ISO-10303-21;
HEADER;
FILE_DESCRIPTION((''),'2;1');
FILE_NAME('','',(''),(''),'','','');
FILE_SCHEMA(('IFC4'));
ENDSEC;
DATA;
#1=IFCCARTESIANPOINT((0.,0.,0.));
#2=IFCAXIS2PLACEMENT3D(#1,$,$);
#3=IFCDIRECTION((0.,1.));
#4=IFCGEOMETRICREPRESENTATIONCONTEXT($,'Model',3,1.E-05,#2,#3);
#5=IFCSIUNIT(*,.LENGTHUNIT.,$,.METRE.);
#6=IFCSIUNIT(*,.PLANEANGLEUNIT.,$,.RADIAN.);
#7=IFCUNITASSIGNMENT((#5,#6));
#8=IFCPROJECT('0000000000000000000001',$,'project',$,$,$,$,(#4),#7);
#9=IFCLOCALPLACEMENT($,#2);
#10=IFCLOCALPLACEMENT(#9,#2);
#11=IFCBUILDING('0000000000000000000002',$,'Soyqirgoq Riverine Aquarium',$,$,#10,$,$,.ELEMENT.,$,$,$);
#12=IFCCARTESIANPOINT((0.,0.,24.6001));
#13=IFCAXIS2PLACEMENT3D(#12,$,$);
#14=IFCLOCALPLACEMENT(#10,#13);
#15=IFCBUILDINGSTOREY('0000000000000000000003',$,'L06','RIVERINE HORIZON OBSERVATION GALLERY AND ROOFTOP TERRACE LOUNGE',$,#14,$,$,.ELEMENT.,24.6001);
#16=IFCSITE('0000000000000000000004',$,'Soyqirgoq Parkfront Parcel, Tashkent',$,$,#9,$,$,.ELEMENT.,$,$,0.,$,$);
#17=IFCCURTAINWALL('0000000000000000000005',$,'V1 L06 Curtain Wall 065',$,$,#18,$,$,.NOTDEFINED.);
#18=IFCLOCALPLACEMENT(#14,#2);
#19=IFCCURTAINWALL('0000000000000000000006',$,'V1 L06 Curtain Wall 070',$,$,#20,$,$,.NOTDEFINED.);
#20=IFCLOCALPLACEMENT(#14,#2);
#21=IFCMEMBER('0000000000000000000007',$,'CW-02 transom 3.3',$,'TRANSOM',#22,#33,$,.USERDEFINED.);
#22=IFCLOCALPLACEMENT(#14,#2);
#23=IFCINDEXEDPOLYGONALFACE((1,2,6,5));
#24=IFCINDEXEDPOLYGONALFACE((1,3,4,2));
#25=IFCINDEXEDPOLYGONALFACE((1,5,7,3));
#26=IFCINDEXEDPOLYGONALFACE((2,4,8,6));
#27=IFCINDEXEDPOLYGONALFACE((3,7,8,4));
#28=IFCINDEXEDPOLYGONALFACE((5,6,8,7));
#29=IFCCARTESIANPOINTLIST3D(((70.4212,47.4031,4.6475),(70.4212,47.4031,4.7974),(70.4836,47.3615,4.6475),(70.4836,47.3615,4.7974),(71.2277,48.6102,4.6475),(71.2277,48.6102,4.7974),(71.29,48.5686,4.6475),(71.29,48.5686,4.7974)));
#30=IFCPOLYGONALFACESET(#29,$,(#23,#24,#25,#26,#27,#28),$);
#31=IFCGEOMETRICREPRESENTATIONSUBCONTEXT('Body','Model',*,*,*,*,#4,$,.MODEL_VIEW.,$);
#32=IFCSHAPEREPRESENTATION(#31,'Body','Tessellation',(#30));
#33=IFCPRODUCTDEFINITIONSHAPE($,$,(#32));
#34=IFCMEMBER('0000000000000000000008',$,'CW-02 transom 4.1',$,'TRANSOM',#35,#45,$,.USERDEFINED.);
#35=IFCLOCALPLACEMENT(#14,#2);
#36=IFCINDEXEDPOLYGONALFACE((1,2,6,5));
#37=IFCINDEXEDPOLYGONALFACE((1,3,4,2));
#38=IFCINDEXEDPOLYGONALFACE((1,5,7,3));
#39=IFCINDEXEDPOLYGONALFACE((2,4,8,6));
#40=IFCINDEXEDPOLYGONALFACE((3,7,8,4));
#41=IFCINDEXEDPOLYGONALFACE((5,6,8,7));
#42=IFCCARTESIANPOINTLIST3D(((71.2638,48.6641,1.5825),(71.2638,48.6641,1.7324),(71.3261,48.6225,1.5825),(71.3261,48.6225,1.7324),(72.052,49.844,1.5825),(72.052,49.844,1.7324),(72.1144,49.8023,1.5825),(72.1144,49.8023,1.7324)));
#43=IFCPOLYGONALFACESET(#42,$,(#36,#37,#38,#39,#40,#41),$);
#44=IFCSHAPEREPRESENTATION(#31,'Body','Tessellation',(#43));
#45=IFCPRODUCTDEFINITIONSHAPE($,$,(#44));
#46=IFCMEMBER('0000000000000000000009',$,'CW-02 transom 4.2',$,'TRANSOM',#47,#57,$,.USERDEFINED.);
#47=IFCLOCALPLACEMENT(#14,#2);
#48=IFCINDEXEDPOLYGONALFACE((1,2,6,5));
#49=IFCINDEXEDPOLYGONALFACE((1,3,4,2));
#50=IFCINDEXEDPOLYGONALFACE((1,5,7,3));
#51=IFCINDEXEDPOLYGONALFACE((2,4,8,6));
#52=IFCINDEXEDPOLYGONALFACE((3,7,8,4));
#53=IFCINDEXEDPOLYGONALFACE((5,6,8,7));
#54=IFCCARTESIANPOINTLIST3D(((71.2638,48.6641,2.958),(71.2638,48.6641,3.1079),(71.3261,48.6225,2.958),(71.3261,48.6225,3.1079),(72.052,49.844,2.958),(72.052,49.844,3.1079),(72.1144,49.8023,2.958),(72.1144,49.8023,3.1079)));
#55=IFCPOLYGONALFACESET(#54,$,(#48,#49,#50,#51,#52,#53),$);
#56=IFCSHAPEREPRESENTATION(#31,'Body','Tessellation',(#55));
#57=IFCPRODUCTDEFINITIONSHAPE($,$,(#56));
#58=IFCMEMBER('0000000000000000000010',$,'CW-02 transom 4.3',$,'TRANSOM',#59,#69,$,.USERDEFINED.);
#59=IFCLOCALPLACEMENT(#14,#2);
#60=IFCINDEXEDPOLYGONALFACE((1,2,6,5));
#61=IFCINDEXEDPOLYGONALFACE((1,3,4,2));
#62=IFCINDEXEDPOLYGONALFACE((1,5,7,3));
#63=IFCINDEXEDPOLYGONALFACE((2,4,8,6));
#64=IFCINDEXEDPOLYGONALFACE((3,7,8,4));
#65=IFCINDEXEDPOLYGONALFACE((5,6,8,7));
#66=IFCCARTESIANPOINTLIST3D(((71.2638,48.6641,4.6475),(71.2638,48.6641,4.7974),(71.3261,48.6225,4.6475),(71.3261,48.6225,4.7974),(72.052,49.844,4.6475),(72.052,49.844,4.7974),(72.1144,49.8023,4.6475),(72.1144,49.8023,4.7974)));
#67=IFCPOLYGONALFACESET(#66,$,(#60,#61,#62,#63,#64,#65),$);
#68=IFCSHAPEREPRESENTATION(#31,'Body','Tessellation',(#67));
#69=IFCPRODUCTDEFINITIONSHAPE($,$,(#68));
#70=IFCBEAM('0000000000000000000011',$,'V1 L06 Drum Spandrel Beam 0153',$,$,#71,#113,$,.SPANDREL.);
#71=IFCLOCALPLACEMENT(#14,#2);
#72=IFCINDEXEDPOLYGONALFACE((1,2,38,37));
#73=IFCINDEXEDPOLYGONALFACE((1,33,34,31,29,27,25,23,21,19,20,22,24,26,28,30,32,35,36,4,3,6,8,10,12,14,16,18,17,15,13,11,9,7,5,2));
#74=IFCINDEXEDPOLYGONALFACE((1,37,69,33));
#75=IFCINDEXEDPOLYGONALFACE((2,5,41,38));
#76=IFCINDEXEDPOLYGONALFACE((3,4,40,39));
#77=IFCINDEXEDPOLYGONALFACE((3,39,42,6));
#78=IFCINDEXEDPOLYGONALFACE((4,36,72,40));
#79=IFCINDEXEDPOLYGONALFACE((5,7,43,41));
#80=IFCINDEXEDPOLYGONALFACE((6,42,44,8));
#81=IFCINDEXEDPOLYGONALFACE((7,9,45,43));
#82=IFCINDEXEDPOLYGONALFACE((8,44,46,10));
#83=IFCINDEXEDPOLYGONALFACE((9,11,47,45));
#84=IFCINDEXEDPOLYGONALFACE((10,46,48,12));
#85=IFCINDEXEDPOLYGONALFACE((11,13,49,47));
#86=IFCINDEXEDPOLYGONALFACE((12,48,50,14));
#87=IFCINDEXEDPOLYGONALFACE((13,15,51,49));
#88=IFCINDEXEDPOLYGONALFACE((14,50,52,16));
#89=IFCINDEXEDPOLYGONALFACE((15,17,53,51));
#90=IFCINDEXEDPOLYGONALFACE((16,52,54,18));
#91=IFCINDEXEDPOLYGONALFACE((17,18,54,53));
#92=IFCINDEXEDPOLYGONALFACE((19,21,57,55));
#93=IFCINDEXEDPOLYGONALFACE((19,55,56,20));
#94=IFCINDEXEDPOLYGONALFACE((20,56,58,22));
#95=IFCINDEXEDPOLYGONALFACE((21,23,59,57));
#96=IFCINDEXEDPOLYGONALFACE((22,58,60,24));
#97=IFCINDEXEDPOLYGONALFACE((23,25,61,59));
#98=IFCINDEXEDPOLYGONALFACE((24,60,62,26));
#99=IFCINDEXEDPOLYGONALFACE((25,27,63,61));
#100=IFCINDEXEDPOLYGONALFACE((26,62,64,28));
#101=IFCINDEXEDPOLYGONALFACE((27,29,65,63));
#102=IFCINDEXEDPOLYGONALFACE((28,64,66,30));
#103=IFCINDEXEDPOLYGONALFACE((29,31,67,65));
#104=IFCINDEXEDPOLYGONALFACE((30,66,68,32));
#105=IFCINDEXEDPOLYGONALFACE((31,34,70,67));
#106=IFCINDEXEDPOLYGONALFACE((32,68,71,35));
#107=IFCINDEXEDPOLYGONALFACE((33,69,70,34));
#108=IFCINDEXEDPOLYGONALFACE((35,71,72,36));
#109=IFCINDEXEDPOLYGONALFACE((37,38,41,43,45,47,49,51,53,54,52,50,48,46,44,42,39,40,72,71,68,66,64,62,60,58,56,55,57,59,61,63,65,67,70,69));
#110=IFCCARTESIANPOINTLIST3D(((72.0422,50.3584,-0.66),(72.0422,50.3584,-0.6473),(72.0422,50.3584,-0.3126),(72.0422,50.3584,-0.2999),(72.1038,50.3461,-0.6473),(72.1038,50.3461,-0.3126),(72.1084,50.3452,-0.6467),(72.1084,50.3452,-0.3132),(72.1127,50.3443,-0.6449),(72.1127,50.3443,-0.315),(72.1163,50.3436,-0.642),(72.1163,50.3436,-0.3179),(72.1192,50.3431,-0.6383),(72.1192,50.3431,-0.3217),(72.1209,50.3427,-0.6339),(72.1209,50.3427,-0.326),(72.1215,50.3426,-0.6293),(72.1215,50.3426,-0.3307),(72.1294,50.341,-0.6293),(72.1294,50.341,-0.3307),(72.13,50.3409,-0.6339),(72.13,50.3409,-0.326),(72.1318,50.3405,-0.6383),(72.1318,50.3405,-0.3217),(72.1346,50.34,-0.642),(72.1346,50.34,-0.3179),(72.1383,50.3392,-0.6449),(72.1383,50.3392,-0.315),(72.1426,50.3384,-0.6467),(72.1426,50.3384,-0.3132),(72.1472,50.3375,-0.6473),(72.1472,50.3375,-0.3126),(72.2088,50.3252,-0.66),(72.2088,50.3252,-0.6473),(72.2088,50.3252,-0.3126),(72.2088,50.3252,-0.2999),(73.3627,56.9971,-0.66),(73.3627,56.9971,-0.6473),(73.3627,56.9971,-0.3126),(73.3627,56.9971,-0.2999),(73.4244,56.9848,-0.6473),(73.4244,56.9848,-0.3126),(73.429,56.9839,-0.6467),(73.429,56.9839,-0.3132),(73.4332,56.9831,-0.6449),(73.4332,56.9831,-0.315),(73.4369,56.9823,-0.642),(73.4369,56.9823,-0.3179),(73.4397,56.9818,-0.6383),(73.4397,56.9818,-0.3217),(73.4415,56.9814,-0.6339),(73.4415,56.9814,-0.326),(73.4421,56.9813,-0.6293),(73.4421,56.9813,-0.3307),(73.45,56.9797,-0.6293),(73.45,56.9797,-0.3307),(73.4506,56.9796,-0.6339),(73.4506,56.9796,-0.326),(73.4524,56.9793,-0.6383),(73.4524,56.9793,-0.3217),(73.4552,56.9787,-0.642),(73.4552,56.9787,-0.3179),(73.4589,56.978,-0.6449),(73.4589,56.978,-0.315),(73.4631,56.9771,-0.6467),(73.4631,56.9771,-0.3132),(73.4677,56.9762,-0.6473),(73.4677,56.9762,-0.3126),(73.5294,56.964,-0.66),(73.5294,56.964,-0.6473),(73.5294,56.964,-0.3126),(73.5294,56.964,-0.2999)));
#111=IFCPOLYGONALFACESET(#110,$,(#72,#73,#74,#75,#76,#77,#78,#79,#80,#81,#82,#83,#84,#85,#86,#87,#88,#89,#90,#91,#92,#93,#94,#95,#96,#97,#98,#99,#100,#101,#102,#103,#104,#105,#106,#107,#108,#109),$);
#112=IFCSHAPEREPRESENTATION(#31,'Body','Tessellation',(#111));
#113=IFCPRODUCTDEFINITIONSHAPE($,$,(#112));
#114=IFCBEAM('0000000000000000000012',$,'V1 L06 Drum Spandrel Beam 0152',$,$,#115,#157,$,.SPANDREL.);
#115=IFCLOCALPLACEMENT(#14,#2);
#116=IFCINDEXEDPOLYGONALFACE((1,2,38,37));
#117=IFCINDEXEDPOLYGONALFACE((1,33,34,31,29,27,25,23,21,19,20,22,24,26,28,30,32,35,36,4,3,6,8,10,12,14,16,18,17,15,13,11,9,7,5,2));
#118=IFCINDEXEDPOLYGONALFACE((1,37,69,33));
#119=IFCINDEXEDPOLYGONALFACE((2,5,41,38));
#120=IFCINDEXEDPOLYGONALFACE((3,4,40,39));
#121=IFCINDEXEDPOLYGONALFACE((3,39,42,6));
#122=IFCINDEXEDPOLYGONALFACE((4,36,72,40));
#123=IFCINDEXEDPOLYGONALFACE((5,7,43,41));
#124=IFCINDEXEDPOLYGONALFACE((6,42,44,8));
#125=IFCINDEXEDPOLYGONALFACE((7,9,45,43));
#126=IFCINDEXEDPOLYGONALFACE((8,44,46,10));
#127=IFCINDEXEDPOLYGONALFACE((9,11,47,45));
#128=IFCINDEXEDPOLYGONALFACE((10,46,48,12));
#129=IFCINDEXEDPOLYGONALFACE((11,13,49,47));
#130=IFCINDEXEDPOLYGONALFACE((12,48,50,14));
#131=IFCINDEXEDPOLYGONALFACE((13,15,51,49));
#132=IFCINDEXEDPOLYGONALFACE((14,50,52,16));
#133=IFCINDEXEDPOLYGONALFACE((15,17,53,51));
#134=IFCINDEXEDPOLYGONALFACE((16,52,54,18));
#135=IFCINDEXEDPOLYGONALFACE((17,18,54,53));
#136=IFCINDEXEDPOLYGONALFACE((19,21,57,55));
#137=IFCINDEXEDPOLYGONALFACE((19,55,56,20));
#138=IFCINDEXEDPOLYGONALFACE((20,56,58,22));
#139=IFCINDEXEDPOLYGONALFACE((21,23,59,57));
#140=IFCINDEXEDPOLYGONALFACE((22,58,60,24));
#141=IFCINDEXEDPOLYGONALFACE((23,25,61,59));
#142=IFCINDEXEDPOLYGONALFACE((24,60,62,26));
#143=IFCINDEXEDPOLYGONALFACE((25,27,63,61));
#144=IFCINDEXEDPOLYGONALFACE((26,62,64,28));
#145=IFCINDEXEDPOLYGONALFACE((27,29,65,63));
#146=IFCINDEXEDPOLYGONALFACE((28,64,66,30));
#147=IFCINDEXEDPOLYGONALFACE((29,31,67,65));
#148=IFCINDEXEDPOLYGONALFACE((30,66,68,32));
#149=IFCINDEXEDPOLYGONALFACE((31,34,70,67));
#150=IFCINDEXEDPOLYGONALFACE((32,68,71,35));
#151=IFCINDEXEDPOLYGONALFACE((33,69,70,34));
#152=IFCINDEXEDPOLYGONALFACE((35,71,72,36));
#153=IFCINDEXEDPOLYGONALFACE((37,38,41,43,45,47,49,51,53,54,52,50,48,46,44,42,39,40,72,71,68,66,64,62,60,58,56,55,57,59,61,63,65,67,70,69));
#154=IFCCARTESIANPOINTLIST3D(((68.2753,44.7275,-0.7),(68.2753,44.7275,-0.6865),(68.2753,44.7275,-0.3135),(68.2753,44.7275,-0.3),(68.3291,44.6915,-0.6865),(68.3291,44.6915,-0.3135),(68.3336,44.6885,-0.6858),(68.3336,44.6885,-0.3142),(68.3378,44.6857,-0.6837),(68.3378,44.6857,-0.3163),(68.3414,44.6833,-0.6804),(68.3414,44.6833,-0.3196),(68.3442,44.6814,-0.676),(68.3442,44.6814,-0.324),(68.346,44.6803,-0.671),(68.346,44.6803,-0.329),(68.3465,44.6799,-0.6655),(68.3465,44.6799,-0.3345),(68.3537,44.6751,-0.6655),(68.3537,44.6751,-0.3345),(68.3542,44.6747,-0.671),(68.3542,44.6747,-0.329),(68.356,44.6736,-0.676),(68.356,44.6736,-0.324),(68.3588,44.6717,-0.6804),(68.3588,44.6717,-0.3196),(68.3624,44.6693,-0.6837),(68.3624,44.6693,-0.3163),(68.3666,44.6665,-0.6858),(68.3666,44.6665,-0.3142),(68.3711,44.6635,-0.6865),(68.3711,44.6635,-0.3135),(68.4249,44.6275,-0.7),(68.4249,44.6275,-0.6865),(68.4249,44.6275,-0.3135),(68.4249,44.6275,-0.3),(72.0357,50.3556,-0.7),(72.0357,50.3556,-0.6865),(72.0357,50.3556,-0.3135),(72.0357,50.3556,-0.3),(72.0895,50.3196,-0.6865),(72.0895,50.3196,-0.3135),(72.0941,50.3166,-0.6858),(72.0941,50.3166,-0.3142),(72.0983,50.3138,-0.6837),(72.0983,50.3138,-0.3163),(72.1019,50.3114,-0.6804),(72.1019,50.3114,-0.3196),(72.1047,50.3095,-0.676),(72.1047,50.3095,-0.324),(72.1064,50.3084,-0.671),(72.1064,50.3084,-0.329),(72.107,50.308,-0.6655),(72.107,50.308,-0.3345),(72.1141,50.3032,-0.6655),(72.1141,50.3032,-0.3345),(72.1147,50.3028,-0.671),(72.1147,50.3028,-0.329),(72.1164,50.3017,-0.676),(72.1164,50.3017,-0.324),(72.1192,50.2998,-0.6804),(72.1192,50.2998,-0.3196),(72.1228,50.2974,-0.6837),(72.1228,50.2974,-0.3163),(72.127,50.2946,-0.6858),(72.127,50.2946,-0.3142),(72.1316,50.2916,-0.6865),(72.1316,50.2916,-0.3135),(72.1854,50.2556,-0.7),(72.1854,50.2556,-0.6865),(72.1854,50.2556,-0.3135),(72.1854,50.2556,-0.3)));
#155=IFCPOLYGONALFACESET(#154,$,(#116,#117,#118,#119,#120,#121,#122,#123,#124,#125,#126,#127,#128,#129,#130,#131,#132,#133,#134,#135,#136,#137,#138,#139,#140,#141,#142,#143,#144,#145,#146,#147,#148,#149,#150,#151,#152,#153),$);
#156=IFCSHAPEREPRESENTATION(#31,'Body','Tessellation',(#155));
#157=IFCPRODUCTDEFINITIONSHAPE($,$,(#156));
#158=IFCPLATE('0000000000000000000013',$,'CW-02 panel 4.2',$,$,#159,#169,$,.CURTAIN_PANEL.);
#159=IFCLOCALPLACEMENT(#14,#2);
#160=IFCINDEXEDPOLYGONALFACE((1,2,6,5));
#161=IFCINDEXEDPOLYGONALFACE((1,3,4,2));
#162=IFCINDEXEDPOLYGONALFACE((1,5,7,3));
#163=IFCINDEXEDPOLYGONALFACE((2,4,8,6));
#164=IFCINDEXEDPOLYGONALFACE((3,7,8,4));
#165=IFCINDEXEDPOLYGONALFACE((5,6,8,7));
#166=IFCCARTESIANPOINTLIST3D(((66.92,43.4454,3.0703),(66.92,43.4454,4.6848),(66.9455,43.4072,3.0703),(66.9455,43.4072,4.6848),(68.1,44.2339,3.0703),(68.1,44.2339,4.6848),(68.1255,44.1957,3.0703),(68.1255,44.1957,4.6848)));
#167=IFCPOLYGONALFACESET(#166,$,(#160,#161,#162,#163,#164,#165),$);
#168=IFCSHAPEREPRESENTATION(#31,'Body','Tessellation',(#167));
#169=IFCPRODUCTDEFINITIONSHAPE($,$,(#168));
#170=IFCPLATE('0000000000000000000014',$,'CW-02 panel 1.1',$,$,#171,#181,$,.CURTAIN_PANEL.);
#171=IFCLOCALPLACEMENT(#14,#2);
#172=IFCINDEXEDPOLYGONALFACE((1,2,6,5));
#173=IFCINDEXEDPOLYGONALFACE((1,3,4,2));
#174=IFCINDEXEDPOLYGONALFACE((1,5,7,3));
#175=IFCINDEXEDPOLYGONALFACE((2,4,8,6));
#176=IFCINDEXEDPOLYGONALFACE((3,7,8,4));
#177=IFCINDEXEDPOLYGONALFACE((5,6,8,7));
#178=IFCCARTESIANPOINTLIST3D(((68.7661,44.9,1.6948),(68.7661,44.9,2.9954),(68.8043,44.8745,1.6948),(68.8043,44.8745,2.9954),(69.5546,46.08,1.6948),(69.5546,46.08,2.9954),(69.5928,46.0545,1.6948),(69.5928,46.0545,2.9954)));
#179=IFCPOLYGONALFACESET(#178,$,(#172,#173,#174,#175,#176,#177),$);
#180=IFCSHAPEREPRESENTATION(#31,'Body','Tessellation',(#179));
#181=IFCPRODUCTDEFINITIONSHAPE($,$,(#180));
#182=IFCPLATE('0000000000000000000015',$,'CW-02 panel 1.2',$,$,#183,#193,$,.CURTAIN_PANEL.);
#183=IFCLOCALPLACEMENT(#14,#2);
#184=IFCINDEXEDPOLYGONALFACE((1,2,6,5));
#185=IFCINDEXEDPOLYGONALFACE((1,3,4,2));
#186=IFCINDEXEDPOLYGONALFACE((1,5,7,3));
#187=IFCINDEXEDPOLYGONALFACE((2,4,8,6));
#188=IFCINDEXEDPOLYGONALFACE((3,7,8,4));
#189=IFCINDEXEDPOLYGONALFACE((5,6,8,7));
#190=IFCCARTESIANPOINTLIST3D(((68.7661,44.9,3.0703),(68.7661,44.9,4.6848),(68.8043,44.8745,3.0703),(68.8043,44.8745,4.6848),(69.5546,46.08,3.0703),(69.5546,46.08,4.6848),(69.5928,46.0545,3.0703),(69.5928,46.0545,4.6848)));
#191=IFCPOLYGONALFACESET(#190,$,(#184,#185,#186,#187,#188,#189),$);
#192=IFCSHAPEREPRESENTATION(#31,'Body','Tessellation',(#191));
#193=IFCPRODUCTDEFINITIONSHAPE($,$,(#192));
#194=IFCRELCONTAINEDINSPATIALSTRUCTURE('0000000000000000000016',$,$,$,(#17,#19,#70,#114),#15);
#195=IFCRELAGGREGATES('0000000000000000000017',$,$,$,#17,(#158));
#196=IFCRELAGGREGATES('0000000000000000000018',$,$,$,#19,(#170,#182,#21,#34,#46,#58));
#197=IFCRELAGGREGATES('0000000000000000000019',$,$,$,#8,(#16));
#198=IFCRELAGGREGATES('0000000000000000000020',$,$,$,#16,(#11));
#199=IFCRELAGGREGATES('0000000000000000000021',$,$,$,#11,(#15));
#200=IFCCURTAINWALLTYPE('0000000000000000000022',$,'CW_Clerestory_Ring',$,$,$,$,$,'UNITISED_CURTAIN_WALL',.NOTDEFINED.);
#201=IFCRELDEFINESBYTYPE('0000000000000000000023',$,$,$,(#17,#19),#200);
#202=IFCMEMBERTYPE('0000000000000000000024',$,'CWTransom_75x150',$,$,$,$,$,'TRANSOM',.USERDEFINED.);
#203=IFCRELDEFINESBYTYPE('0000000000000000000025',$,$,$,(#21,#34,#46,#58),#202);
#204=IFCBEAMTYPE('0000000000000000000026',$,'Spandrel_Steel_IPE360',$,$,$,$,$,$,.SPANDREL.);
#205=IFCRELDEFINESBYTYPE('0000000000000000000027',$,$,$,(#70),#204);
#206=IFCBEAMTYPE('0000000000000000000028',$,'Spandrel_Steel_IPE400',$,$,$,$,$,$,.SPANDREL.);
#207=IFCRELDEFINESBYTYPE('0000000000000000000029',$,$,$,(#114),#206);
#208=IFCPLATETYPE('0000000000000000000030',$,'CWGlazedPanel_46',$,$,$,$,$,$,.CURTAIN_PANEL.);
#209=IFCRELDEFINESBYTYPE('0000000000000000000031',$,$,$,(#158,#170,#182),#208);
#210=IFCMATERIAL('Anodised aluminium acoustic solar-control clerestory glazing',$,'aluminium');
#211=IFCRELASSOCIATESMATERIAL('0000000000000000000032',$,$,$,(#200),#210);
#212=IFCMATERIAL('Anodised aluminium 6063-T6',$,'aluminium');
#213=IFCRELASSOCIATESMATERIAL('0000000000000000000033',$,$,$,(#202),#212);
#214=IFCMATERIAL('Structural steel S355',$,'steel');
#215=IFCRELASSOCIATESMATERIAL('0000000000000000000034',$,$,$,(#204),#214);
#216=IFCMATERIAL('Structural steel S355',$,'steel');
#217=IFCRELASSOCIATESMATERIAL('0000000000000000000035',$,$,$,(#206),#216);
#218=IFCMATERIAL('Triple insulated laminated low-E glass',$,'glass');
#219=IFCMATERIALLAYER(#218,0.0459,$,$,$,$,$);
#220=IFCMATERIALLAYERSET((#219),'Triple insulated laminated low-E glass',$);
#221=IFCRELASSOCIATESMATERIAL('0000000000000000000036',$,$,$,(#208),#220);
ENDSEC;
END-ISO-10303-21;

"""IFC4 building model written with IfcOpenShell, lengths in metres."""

from ifc_helpers import new_model, si_unit, direction, frame, origin, origin_2d, place, context, subcontext, project, spatial, rectangle, i_section, extrude, material, layer, layer_set, material_profile, profile_set, type_object, element, aggregate, save


model = new_model("IFC4")

# Units and contexts
model_context = context("Model", 3, precision=1e-05, world=origin(), true_north=direction((0.0, 1.0)))
body_context = subcontext(model_context, "Body", "Model", "MODEL_VIEW")
ifc_project = project(units=[si_unit("LENGTHUNIT", "METRE"), si_unit("PLANEANGLEUNIT", "RADIAN")], contexts=[model_context])

# Site, building, storey
site_placement = place(None, origin())
site = spatial("IfcSite", under=ifc_project, at=site_placement, Name="Soyqirgoq Parkfront Parcel, Tashkent", CompositionType="ELEMENT", RefElevation=0.0)
building_placement = place(site_placement, origin())
building = spatial("IfcBuilding", under=site, at=building_placement, Name="Soyqirgoq Riverine Aquarium", CompositionType="ELEMENT")
storey_placement = place(building_placement, frame((0.0, 0.0, 24.6001)))
storey = spatial("IfcBuildingStorey", under=building, at=storey_placement, Name="L06", Description="RIVERINE HORIZON OBSERVATION GALLERY AND ROOFTOP TERRACE LOUNGE", CompositionType="ELEMENT", Elevation=24.6001)

# Curtain wall
ifc_material_1 = material(Name="Anodised aluminium acoustic solar-control clerestory glazing", Category="aluminium")
curtain_wall_type = type_object("IfcCurtainWallType", Name="CW_Clerestory_Ring", ElementType="UNITISED_CURTAIN_WALL", PredefinedType="NOTDEFINED", material=ifc_material_1)
curtain_wall_1_placement = place(storey_placement, origin())
curtain_wall_1 = element("IfcCurtainWall", 1, at=curtain_wall_1_placement, inside=storey, type_object=curtain_wall_type, Name="V1 L06 Curtain Wall 065", PredefinedType="NOTDEFINED")

# Curtain wall, members
curtain_wall_2_placement = place(storey_placement, origin())
curtain_wall_2 = element("IfcCurtainWall", 2, at=curtain_wall_2_placement, inside=storey, type_object=curtain_wall_type, Name="V1 L06 Curtain Wall 070", PredefinedType="NOTDEFINED")
ifc_material_2 = material(Name="Anodised aluminium 6063-T6", Category="aluminium")
ifc_material_profile_1 = material_profile(ifc_material_2, rectangle(XDim=0.075, YDim=0.1499, at=origin_2d()), Name="ALU-T 75x150")
ifc_profile_set_1 = profile_set([ifc_material_profile_1], Name="Anodised aluminium 6063-T6")
member_type_1 = type_object("IfcMemberType", Name="CWTransom_75x150", ElementType="TRANSOM", PredefinedType="USERDEFINED", material=ifc_profile_set_1)
member_1_placement = place(storey_placement, frame((70.4524, 47.3823, 4.7224), z_axis=(0.555515, 0.831507, 0.0), x_axis=(-0.831507, 0.555515, 0.0)))
member_1 = element("IfcMember", 3, at=member_1_placement, type_object=member_type_1, Name="CW-02 transom 3.3", ObjectType="TRANSOM", PredefinedType="USERDEFINED", context=body_context, shape_type="SweptSolid", body=[
    extrude(rectangle(XDim=0.075, YDim=0.1499, at=origin_2d()), origin(), (0.0, 0.0, 1.0), 1.4517),
])
member_2_placement = place(storey_placement, frame((71.2949, 48.6433, 1.6575), z_axis=(0.555534, 0.831494, 0.0), x_axis=(-0.831494, 0.555534, 0.0)))
member_2 = element("IfcMember", 4, at=member_2_placement, type_object=member_type_1, Name="CW-02 transom 4.1", ObjectType="TRANSOM", PredefinedType="USERDEFINED", context=body_context, shape_type="SweptSolid", body=[
    extrude(rectangle(XDim=0.075, YDim=0.1499, at=origin_2d()), origin(), (0.0, 0.0, 1.0), 1.4189),
])
member_3_placement = place(storey_placement, frame((71.2949, 48.6433, 3.033), z_axis=(0.555534, 0.831494, 0.0), x_axis=(-0.831494, 0.555534, 0.0)))
member_3 = element("IfcMember", 5, at=member_3_placement, type_object=member_type_1, Name="CW-02 transom 4.2", ObjectType="TRANSOM", PredefinedType="USERDEFINED", context=body_context, shape_type="SweptSolid", body=[
    extrude(rectangle(XDim=0.075, YDim=0.1499, at=origin_2d()), origin(), (0.0, 0.0, 1.0), 1.4189),
])
member_4_placement = place(storey_placement, frame((71.2949, 48.6433, 4.7224), z_axis=(0.555534, 0.831494, 0.0), x_axis=(-0.831494, 0.555534, 0.0)))
member_4 = element("IfcMember", 6, at=member_4_placement, type_object=member_type_1, Name="CW-02 transom 4.3", ObjectType="TRANSOM", PredefinedType="USERDEFINED", context=body_context, shape_type="SweptSolid", body=[
    extrude(rectangle(XDim=0.075, YDim=0.1499, at=origin_2d()), origin(), (0.0, 0.0, 1.0), 1.4189),
])

# Beams
ifc_material_3 = material(Name="Structural steel S355", Category="steel")
ifc_material_profile_2 = material_profile(ifc_material_3, i_section(OverallWidth=0.1699, OverallDepth=0.3601, WebThickness=0.0081, FlangeThickness=0.0127, FilletRadius=0.0181, at=origin_2d()), Name="IPE 360")
ifc_profile_set_2 = profile_set([ifc_material_profile_2], Name="Structural steel S355")
beam_type_1 = type_object("IfcBeamType", Name="Spandrel_Steel_IPE360", PredefinedType="SPANDREL", material=ifc_profile_set_2)
beam_1_placement = place(storey_placement, frame((72.1255, 50.3418, -0.48), z_axis=(0.195096, 0.980784, 0.0), x_axis=(-0.980784, 0.195096, 0.0)))
element("IfcBeam", 7, at=beam_1_placement, inside=storey, type_object=beam_type_1, Name="V1 L06 Drum Spandrel Beam 0153", PredefinedType="SPANDREL", context=body_context, shape_type="SweptSolid", body=[
    extrude(i_section(OverallWidth=0.1699, OverallDepth=0.3601, WebThickness=0.0081, FlangeThickness=0.0127, FilletRadius=0.0181, at=origin_2d()), origin(), (0.0, 0.0, 1.0), 6.7688),
])
ifc_material_4 = material(Name="Structural steel S355", Category="steel")
ifc_material_profile_3 = material_profile(ifc_material_4, i_section(OverallWidth=0.1799, OverallDepth=0.3999, WebThickness=0.0085, FlangeThickness=0.0134, FilletRadius=0.021, at=origin_2d()), Name="IPE 400")
ifc_profile_set_3 = profile_set([ifc_material_profile_3], Name="Structural steel S355")
beam_type_2 = type_object("IfcBeamType", Name="Spandrel_Steel_IPE400", PredefinedType="SPANDREL", material=ifc_profile_set_3)
beam_2_placement = place(storey_placement, frame((68.3501, 44.6775, -0.5), z_axis=(0.555557, 0.831478, 0.0), x_axis=(-0.831478, 0.555557, 0.0)))
element("IfcBeam", 8, at=beam_2_placement, inside=storey, type_object=beam_type_2, Name="V1 L06 Drum Spandrel Beam 0152", PredefinedType="SPANDREL", context=body_context, shape_type="SweptSolid", body=[
    extrude(i_section(OverallWidth=0.1799, OverallDepth=0.3999, WebThickness=0.0085, FlangeThickness=0.0134, FilletRadius=0.021, at=origin_2d()), origin(), (0.0, 0.0, 1.0), 6.7688),
])

# Plates
ifc_material_5 = material(Name="Triple insulated laminated low-E glass", Category="glass")
ifc_layer_1 = layer(ifc_material_5, 0.0459)
ifc_layer_set_1 = layer_set([ifc_layer_1], Name="Triple insulated laminated low-E glass")
plate_type = type_object("IfcPlateType", Name="CWGlazedPanel_46", PredefinedType="CURTAIN_PANEL", material=ifc_layer_set_1)
plate_1_placement = place(storey_placement, frame((67.5227, 43.8206, 3.0703), z_axis=(0.0, 0.0, 1.0), x_axis=(0.831464, 0.555579, 0.0)))
plate_1 = element("IfcPlate", 9, at=plate_1_placement, type_object=plate_type, Name="CW-02 panel 4.2", PredefinedType="CURTAIN_PANEL", context=body_context, shape_type="SweptSolid", body=[
    extrude(rectangle(XDim=1.4192, YDim=0.0459, at=origin_2d()), origin(), (0.0, 0.0, 1.0), 1.6145),
])
aggregate(curtain_wall_1, [plate_1])
plate_2_placement = place(storey_placement, frame((69.1794, 45.4773, 1.6948), z_axis=(0.0, 0.0, 1.0), x_axis=(0.555579, 0.831464, 0.0)))
plate_2 = element("IfcPlate", 10, at=plate_2_placement, type_object=plate_type, Name="CW-02 panel 1.1", PredefinedType="CURTAIN_PANEL", context=body_context, shape_type="SweptSolid", body=[
    extrude(rectangle(XDim=1.4192, YDim=0.0459, at=origin_2d()), origin(), (0.0, 0.0, 1.0), 1.3005),
])
plate_3_placement = place(storey_placement, frame((69.1794, 45.4773, 3.0703), z_axis=(0.0, 0.0, 1.0), x_axis=(0.555579, 0.831464, 0.0)))
plate_3 = element("IfcPlate", 11, at=plate_3_placement, type_object=plate_type, Name="CW-02 panel 1.2", PredefinedType="CURTAIN_PANEL", context=body_context, shape_type="SweptSolid", body=[
    extrude(rectangle(XDim=1.4192, YDim=0.0459, at=origin_2d()), origin(), (0.0, 0.0, 1.0), 1.6145),
])
aggregate(curtain_wall_2, [plate_2, plate_3, member_1, member_2, member_3, member_4])

save(model, "model.ifc")
